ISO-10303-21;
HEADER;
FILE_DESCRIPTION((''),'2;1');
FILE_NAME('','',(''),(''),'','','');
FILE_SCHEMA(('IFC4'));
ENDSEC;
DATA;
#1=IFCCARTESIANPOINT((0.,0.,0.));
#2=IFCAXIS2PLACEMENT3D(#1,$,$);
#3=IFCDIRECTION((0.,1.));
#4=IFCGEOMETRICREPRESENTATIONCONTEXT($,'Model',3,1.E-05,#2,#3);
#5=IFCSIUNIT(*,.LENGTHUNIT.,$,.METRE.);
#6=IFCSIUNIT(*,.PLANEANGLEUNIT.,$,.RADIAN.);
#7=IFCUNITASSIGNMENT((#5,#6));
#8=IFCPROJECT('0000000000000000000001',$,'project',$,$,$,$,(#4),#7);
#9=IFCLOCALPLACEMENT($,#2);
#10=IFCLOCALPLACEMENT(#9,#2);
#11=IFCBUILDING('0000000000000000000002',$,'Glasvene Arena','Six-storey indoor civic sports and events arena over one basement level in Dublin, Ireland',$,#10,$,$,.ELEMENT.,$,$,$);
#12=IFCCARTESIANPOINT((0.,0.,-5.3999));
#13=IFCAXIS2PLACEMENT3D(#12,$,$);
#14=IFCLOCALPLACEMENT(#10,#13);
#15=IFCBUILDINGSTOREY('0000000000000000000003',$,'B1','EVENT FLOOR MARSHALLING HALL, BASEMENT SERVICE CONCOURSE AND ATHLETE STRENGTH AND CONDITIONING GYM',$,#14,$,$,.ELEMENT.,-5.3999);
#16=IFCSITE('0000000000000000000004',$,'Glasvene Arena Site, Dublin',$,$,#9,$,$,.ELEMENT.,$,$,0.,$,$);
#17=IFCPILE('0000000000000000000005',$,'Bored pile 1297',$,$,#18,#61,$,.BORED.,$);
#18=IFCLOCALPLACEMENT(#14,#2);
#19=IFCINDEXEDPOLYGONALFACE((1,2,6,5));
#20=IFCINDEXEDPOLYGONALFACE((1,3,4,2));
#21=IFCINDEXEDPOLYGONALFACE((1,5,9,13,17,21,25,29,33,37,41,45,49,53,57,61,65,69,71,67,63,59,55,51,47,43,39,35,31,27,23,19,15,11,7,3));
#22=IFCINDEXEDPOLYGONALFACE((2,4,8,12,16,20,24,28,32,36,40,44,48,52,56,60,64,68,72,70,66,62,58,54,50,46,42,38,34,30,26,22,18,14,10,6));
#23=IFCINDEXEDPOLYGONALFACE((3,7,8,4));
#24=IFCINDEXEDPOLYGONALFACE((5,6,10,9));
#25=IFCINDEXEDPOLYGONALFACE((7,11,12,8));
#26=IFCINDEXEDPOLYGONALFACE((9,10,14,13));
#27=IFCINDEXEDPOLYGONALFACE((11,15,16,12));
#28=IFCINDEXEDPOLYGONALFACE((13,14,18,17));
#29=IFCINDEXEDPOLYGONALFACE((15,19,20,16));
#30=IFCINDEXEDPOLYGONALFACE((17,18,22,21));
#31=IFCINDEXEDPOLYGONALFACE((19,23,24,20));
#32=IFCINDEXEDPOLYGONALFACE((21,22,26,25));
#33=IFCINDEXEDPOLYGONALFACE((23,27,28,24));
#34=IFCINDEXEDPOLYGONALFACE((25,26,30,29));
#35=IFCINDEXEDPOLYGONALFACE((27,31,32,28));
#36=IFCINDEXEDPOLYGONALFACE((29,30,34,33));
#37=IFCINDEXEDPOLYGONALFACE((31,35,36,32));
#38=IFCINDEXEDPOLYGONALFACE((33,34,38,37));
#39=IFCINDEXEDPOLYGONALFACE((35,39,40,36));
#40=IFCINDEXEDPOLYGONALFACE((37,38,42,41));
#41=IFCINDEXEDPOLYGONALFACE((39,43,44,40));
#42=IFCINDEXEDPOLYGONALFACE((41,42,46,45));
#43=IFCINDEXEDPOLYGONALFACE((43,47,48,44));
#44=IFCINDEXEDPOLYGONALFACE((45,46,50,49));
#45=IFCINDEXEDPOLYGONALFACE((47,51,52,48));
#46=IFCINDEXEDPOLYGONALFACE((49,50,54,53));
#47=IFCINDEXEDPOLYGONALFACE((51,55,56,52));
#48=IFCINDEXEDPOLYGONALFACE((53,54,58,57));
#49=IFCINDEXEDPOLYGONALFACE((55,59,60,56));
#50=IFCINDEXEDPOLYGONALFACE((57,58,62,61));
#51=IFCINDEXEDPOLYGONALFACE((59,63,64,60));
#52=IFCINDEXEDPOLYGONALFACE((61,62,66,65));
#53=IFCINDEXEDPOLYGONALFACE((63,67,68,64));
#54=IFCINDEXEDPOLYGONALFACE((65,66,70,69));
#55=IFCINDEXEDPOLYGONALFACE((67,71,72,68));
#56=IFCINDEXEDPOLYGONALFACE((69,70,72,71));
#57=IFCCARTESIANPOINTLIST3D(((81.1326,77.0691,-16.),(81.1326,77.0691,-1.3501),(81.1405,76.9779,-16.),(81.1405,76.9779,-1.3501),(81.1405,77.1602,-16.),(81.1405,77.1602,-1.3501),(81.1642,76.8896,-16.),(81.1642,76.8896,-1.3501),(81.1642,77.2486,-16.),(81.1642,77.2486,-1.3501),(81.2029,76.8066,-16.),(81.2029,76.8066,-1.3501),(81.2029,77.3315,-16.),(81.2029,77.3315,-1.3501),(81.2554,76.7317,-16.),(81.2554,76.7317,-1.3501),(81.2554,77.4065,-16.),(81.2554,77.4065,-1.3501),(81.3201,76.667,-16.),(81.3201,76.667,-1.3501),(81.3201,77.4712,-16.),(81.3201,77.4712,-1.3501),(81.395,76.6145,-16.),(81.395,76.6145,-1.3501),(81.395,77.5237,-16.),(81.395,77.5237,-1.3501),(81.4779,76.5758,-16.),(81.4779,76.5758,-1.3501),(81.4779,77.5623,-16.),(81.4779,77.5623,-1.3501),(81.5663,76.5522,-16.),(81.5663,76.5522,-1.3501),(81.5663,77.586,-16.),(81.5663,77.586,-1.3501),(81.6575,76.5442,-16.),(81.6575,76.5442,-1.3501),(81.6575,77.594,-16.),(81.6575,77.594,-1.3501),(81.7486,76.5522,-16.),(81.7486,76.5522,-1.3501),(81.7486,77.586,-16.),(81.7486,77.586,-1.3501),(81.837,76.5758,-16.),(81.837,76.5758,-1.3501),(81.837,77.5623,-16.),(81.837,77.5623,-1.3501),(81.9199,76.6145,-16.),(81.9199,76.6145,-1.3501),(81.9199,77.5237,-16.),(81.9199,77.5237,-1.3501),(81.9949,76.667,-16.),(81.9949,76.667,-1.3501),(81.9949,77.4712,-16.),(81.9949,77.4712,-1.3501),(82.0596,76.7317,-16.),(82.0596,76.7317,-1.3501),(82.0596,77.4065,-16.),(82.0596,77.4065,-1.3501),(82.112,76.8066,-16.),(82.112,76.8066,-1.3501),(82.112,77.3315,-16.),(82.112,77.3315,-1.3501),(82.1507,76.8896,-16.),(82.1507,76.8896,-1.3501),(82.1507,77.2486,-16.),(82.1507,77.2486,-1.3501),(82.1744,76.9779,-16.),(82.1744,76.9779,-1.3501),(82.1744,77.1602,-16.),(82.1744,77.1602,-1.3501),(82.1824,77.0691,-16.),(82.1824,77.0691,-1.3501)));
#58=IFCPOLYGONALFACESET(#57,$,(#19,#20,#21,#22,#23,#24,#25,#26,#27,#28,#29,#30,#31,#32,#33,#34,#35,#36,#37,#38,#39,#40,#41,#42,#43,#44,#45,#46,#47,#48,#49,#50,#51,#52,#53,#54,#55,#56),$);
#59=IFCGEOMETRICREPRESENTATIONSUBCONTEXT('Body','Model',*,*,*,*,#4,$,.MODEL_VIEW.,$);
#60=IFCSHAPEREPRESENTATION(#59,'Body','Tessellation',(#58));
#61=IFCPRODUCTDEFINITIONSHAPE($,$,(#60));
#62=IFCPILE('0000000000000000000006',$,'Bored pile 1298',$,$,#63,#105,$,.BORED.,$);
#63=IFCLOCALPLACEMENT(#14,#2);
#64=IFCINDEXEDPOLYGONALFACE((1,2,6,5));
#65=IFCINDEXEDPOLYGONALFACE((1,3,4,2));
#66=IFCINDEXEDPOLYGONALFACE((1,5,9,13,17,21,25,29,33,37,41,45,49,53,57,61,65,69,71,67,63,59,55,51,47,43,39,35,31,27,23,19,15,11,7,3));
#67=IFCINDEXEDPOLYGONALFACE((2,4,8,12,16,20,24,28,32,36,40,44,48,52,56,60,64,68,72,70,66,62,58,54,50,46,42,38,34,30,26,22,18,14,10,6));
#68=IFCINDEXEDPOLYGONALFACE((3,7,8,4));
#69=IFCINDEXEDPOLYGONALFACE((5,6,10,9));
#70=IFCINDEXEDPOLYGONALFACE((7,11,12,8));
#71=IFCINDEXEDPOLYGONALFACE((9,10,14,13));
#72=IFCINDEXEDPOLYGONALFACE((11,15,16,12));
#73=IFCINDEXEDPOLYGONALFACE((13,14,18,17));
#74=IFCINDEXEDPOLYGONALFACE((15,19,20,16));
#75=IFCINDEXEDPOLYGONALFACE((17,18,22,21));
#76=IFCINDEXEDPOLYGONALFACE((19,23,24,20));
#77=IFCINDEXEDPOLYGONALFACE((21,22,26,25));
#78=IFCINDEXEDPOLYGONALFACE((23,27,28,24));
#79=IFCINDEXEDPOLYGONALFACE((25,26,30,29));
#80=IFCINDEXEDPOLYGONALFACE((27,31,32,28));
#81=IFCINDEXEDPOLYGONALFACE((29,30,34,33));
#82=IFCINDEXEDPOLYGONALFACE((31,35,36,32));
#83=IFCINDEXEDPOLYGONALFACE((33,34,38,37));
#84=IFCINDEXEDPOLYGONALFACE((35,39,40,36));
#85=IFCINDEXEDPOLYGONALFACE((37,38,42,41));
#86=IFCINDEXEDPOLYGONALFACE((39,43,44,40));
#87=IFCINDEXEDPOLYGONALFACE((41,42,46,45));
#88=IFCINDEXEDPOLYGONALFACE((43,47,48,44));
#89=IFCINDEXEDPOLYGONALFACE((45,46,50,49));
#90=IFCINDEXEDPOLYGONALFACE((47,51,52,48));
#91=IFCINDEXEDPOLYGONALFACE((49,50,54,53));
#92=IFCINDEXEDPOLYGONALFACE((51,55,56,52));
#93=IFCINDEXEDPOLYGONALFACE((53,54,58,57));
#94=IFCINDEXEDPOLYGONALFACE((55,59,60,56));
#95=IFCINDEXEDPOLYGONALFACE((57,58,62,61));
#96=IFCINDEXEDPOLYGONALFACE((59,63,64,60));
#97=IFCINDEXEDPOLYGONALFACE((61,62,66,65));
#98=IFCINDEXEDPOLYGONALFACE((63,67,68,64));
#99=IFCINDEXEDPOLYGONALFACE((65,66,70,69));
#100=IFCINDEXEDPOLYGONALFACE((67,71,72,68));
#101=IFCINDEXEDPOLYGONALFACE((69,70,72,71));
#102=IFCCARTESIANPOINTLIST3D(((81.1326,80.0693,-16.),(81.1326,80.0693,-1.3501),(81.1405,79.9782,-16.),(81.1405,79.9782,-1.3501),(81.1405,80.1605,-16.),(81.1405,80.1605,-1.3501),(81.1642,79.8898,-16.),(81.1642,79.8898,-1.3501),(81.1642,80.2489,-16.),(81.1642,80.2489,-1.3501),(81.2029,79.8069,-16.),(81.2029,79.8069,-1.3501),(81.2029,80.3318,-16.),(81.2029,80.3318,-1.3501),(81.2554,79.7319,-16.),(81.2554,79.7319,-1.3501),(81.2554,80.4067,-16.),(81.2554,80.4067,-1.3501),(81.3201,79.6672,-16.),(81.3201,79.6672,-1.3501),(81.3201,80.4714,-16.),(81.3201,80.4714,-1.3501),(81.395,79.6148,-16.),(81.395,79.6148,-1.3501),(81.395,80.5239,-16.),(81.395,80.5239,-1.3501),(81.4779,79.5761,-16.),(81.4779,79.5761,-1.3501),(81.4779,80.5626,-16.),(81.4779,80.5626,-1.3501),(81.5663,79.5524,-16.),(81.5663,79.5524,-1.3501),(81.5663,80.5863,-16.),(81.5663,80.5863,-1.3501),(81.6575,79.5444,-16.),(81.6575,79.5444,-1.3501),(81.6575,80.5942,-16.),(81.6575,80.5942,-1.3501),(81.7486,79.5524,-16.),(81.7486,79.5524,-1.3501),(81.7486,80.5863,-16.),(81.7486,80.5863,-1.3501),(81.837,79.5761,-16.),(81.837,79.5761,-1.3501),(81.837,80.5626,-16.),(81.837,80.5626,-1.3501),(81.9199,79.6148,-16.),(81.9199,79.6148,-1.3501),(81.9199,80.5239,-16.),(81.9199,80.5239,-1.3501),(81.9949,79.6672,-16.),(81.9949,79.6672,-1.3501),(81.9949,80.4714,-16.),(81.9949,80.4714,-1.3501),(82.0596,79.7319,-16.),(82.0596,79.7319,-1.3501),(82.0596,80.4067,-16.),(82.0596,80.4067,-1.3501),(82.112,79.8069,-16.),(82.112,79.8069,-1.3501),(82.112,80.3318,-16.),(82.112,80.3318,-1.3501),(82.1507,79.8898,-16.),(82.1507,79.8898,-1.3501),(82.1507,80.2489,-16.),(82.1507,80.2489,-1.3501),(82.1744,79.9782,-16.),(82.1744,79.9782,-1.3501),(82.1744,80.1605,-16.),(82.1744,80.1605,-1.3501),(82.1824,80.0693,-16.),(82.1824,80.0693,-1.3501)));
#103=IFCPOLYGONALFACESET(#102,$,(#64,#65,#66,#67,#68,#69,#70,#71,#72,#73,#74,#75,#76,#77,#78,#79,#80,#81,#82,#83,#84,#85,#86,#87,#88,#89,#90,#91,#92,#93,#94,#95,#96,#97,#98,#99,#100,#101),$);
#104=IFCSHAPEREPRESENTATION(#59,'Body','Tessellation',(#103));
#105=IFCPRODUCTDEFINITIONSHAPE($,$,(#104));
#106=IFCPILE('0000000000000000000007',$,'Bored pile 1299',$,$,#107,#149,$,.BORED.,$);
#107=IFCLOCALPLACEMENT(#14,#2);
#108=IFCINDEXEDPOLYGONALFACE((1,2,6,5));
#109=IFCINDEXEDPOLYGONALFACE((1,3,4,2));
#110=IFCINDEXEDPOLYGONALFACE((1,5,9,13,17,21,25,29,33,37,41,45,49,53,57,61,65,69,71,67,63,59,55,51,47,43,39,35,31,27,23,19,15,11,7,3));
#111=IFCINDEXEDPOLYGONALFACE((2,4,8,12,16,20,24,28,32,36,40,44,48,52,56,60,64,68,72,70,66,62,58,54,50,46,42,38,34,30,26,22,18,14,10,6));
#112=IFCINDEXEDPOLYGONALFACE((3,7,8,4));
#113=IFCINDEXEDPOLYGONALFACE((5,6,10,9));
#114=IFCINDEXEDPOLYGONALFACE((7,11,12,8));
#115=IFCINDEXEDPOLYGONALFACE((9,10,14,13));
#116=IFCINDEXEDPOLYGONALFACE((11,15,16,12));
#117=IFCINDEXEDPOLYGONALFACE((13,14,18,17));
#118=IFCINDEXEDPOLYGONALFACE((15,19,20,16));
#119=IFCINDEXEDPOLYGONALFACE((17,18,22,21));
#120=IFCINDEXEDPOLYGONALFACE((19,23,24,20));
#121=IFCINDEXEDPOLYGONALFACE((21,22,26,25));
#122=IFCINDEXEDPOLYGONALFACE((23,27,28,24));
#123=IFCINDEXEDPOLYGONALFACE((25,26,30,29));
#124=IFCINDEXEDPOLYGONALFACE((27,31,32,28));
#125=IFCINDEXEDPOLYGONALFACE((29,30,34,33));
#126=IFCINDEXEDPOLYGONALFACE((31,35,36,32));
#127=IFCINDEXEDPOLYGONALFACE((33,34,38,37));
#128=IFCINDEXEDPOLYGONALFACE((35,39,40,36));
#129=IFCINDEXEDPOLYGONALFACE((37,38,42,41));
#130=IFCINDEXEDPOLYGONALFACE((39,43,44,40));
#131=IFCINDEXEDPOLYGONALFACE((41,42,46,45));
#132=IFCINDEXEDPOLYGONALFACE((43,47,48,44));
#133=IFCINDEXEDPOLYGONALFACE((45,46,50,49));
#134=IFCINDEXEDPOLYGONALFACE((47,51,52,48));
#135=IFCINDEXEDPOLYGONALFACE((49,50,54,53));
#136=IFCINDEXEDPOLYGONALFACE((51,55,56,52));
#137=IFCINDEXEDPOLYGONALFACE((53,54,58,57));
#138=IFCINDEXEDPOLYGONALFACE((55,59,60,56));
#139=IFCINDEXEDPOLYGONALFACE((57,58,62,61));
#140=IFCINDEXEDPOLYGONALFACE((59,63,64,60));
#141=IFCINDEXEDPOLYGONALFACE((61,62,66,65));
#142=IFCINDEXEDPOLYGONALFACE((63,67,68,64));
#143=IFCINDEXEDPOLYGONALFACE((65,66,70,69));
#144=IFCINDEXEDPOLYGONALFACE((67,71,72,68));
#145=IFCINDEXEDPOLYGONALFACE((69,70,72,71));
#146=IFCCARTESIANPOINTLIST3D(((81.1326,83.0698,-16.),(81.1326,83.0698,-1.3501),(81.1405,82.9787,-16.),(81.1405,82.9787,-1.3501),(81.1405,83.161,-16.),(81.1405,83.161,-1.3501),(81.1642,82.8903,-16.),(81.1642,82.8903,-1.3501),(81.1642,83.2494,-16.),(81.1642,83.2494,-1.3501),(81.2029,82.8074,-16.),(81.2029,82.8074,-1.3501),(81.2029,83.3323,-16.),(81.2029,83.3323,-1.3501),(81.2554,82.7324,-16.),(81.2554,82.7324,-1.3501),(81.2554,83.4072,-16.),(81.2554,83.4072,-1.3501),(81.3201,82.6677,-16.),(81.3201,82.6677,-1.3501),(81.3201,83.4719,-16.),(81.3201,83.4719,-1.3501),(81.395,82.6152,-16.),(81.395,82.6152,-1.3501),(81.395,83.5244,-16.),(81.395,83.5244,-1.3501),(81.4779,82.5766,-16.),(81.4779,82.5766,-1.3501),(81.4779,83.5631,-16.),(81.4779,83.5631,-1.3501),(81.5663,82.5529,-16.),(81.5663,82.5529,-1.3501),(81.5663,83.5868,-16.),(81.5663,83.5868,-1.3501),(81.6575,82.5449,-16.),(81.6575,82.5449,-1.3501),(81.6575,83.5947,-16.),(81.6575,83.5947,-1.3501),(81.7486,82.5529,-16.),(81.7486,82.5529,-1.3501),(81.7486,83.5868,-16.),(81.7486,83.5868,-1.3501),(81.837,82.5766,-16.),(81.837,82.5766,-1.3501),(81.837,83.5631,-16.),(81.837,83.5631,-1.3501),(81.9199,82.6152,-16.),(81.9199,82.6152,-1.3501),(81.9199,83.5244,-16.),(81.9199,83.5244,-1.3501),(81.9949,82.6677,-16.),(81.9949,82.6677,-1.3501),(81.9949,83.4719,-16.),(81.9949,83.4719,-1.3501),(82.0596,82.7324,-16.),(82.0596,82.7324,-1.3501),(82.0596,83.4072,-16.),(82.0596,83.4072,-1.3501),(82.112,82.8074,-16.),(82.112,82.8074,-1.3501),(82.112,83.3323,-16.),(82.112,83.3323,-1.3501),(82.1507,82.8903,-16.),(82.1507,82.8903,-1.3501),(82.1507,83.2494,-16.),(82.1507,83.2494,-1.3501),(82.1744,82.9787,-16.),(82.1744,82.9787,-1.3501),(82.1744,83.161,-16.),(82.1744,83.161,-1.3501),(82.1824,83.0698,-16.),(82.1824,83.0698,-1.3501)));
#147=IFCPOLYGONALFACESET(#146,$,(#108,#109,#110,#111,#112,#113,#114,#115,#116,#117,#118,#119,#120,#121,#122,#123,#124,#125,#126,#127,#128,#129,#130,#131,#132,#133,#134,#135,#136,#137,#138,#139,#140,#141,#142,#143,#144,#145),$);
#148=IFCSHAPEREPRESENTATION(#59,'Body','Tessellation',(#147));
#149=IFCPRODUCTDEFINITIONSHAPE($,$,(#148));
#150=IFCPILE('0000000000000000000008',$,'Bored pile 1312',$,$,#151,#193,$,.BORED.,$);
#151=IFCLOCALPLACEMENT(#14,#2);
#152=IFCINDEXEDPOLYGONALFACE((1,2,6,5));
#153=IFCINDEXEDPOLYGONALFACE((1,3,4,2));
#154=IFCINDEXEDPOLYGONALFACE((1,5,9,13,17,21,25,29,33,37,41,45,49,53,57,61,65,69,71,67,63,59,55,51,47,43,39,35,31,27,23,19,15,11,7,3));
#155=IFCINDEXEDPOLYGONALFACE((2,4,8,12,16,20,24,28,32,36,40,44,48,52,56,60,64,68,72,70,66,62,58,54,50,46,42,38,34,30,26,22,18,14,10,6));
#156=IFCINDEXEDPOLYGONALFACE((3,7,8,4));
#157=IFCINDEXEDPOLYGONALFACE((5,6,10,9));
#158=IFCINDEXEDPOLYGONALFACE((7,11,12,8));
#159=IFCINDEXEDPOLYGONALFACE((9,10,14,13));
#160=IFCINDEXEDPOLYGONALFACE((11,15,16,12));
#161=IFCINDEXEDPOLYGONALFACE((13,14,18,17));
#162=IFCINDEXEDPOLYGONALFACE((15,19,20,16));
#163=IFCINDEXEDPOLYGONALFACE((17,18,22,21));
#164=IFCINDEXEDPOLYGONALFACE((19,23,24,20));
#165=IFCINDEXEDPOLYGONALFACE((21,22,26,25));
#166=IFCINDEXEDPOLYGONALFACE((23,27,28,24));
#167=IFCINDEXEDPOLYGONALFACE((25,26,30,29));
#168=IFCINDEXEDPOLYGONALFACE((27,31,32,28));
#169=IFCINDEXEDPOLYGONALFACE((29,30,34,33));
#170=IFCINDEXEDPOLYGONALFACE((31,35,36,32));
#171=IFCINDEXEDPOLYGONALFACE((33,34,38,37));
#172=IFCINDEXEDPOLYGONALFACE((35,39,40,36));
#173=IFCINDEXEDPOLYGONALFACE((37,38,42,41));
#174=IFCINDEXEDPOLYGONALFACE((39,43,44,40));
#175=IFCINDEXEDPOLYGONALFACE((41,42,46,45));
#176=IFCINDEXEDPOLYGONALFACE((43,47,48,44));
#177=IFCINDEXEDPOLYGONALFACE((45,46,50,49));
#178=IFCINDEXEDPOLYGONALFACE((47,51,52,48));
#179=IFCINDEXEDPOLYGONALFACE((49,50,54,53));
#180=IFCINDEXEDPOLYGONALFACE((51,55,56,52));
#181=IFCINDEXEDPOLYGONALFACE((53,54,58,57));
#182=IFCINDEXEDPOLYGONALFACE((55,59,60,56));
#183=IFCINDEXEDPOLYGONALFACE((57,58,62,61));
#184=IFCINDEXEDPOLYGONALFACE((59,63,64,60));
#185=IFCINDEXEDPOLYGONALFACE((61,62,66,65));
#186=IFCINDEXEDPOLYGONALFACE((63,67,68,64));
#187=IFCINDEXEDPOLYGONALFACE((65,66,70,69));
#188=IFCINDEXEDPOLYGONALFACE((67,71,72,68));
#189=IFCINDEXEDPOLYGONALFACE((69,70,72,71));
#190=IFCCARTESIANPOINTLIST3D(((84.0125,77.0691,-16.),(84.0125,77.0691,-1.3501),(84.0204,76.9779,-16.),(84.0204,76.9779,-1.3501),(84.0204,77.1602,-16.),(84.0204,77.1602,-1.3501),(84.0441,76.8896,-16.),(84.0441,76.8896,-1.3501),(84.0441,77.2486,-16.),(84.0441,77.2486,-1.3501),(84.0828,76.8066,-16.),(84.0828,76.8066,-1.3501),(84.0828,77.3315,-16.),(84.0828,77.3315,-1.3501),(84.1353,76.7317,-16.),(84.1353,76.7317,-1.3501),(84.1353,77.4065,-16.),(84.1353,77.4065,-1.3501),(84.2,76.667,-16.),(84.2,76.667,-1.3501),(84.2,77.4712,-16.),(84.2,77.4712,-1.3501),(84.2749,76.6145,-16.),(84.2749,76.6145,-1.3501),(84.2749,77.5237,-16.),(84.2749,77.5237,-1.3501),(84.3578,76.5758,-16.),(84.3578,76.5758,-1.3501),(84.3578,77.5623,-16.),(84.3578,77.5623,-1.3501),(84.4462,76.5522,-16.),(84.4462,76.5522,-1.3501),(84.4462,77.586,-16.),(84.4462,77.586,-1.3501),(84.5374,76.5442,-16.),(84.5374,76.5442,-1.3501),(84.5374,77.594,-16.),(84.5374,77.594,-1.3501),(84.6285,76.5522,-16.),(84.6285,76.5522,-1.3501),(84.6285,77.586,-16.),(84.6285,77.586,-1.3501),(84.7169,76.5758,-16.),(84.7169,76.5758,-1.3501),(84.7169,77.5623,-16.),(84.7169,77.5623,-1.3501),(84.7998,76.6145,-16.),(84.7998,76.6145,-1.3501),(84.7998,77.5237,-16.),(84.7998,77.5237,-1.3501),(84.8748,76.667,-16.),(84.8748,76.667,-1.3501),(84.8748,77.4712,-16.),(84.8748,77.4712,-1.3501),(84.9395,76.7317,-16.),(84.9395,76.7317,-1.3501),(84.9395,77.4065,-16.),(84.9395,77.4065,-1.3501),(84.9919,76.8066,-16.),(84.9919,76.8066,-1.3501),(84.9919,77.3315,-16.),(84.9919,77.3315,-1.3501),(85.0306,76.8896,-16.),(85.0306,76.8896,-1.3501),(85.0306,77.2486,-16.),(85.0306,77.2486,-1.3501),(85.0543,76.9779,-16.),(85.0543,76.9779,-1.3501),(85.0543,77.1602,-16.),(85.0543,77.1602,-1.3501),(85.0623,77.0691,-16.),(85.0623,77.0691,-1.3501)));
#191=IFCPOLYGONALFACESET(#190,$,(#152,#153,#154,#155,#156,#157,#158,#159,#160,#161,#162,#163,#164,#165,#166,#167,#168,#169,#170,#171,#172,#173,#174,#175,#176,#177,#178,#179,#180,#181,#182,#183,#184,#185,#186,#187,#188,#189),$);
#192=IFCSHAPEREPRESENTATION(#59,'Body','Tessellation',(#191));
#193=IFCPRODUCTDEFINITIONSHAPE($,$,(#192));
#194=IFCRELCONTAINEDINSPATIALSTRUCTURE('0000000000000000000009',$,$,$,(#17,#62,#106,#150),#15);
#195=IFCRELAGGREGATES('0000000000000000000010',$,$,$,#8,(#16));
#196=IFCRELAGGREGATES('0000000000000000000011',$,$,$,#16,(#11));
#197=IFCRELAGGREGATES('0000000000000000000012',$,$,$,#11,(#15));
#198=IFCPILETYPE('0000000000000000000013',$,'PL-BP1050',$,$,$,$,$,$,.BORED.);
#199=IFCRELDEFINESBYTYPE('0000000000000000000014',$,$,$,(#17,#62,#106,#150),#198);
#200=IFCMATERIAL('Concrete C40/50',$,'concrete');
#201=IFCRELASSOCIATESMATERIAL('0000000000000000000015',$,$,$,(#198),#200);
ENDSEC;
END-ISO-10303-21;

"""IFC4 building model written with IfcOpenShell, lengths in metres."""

from ifc_helpers import new_model, si_unit, direction, frame, origin, origin_2d, place, context, subcontext, project, spatial, circle, extrude, material, material_profile, profile_set, type_object, element, save


model = new_model("IFC4")

# Units and contexts
model_context = context("Model", 3, precision=1e-05, world=origin(), true_north=direction((0.0, 1.0)))
body_context = subcontext(model_context, "Body", "Model", "MODEL_VIEW")
ifc_project = project(units=[si_unit("LENGTHUNIT", "METRE"), si_unit("PLANEANGLEUNIT", "RADIAN")], contexts=[model_context])

# Site, building, storey
site_placement = place(None, origin())
site = spatial("IfcSite", under=ifc_project, at=site_placement, Name="Glasvene Arena Site, Dublin", CompositionType="ELEMENT", RefElevation=0.0)
building_placement = place(site_placement, origin())
building = spatial("IfcBuilding", under=site, at=building_placement, Name="Glasvene Arena", Description="Six-storey indoor civic sports and events arena over one basement level in Dublin, Ireland", CompositionType="ELEMENT")
storey_placement = place(building_placement, frame((0.0, 0.0, -5.3999)))
storey = spatial("IfcBuildingStorey", under=building, at=storey_placement, Name="B1", Description="EVENT FLOOR MARSHALLING HALL, BASEMENT SERVICE CONCOURSE AND ATHLETE STRENGTH AND CONDITIONING GYM", CompositionType="ELEMENT", Elevation=-5.3999)

# Piles
ifc_material = material(Name="Concrete C40/50", Category="concrete")
ifc_material_profile = material_profile(ifc_material, circle(Radius=0.5249, at=origin_2d()), Name="BORED PILE 1050")
ifc_profile_set = profile_set([ifc_material_profile], Name="Concrete C40/50")
pile_type = type_object("IfcPileType", Name="PL-BP1050", PredefinedType="BORED", material=ifc_profile_set)
for number, where, z_axis, x_axis, name in (
    (1, (81.6575, 77.0691, -1.3501), (0.0, 0.0, -1.0), (1.0, 0.0, 0.0), "Bored pile 1297"),
    (2, (81.6575, 80.0693, -1.3501), (0.0, 0.0, -1.0), (1.0, 0.0, 0.0), "Bored pile 1298"),
    (3, (81.6575, 83.0698, -1.3501), (0.0, 0.0, -1.0), (1.0, 0.0, 0.0), "Bored pile 1299"),
    (4, (84.5374, 77.0691, -1.3501), (0.0, 0.0, -1.0), (1.0, 0.0, 0.0), "Bored pile 1312"),
):
    element("IfcPile", number, at=place(storey_placement, frame(where, z_axis=z_axis, x_axis=x_axis)), inside=storey, type_object=pile_type, Name=name, PredefinedType="BORED", context=body_context, shape_type="SweptSolid", body=[
        extrude(circle(Radius=0.5249, at=origin_2d()), origin(), (0.0, 0.0, 1.0), 14.6499),
    ])

save(model, "model.ifc")
